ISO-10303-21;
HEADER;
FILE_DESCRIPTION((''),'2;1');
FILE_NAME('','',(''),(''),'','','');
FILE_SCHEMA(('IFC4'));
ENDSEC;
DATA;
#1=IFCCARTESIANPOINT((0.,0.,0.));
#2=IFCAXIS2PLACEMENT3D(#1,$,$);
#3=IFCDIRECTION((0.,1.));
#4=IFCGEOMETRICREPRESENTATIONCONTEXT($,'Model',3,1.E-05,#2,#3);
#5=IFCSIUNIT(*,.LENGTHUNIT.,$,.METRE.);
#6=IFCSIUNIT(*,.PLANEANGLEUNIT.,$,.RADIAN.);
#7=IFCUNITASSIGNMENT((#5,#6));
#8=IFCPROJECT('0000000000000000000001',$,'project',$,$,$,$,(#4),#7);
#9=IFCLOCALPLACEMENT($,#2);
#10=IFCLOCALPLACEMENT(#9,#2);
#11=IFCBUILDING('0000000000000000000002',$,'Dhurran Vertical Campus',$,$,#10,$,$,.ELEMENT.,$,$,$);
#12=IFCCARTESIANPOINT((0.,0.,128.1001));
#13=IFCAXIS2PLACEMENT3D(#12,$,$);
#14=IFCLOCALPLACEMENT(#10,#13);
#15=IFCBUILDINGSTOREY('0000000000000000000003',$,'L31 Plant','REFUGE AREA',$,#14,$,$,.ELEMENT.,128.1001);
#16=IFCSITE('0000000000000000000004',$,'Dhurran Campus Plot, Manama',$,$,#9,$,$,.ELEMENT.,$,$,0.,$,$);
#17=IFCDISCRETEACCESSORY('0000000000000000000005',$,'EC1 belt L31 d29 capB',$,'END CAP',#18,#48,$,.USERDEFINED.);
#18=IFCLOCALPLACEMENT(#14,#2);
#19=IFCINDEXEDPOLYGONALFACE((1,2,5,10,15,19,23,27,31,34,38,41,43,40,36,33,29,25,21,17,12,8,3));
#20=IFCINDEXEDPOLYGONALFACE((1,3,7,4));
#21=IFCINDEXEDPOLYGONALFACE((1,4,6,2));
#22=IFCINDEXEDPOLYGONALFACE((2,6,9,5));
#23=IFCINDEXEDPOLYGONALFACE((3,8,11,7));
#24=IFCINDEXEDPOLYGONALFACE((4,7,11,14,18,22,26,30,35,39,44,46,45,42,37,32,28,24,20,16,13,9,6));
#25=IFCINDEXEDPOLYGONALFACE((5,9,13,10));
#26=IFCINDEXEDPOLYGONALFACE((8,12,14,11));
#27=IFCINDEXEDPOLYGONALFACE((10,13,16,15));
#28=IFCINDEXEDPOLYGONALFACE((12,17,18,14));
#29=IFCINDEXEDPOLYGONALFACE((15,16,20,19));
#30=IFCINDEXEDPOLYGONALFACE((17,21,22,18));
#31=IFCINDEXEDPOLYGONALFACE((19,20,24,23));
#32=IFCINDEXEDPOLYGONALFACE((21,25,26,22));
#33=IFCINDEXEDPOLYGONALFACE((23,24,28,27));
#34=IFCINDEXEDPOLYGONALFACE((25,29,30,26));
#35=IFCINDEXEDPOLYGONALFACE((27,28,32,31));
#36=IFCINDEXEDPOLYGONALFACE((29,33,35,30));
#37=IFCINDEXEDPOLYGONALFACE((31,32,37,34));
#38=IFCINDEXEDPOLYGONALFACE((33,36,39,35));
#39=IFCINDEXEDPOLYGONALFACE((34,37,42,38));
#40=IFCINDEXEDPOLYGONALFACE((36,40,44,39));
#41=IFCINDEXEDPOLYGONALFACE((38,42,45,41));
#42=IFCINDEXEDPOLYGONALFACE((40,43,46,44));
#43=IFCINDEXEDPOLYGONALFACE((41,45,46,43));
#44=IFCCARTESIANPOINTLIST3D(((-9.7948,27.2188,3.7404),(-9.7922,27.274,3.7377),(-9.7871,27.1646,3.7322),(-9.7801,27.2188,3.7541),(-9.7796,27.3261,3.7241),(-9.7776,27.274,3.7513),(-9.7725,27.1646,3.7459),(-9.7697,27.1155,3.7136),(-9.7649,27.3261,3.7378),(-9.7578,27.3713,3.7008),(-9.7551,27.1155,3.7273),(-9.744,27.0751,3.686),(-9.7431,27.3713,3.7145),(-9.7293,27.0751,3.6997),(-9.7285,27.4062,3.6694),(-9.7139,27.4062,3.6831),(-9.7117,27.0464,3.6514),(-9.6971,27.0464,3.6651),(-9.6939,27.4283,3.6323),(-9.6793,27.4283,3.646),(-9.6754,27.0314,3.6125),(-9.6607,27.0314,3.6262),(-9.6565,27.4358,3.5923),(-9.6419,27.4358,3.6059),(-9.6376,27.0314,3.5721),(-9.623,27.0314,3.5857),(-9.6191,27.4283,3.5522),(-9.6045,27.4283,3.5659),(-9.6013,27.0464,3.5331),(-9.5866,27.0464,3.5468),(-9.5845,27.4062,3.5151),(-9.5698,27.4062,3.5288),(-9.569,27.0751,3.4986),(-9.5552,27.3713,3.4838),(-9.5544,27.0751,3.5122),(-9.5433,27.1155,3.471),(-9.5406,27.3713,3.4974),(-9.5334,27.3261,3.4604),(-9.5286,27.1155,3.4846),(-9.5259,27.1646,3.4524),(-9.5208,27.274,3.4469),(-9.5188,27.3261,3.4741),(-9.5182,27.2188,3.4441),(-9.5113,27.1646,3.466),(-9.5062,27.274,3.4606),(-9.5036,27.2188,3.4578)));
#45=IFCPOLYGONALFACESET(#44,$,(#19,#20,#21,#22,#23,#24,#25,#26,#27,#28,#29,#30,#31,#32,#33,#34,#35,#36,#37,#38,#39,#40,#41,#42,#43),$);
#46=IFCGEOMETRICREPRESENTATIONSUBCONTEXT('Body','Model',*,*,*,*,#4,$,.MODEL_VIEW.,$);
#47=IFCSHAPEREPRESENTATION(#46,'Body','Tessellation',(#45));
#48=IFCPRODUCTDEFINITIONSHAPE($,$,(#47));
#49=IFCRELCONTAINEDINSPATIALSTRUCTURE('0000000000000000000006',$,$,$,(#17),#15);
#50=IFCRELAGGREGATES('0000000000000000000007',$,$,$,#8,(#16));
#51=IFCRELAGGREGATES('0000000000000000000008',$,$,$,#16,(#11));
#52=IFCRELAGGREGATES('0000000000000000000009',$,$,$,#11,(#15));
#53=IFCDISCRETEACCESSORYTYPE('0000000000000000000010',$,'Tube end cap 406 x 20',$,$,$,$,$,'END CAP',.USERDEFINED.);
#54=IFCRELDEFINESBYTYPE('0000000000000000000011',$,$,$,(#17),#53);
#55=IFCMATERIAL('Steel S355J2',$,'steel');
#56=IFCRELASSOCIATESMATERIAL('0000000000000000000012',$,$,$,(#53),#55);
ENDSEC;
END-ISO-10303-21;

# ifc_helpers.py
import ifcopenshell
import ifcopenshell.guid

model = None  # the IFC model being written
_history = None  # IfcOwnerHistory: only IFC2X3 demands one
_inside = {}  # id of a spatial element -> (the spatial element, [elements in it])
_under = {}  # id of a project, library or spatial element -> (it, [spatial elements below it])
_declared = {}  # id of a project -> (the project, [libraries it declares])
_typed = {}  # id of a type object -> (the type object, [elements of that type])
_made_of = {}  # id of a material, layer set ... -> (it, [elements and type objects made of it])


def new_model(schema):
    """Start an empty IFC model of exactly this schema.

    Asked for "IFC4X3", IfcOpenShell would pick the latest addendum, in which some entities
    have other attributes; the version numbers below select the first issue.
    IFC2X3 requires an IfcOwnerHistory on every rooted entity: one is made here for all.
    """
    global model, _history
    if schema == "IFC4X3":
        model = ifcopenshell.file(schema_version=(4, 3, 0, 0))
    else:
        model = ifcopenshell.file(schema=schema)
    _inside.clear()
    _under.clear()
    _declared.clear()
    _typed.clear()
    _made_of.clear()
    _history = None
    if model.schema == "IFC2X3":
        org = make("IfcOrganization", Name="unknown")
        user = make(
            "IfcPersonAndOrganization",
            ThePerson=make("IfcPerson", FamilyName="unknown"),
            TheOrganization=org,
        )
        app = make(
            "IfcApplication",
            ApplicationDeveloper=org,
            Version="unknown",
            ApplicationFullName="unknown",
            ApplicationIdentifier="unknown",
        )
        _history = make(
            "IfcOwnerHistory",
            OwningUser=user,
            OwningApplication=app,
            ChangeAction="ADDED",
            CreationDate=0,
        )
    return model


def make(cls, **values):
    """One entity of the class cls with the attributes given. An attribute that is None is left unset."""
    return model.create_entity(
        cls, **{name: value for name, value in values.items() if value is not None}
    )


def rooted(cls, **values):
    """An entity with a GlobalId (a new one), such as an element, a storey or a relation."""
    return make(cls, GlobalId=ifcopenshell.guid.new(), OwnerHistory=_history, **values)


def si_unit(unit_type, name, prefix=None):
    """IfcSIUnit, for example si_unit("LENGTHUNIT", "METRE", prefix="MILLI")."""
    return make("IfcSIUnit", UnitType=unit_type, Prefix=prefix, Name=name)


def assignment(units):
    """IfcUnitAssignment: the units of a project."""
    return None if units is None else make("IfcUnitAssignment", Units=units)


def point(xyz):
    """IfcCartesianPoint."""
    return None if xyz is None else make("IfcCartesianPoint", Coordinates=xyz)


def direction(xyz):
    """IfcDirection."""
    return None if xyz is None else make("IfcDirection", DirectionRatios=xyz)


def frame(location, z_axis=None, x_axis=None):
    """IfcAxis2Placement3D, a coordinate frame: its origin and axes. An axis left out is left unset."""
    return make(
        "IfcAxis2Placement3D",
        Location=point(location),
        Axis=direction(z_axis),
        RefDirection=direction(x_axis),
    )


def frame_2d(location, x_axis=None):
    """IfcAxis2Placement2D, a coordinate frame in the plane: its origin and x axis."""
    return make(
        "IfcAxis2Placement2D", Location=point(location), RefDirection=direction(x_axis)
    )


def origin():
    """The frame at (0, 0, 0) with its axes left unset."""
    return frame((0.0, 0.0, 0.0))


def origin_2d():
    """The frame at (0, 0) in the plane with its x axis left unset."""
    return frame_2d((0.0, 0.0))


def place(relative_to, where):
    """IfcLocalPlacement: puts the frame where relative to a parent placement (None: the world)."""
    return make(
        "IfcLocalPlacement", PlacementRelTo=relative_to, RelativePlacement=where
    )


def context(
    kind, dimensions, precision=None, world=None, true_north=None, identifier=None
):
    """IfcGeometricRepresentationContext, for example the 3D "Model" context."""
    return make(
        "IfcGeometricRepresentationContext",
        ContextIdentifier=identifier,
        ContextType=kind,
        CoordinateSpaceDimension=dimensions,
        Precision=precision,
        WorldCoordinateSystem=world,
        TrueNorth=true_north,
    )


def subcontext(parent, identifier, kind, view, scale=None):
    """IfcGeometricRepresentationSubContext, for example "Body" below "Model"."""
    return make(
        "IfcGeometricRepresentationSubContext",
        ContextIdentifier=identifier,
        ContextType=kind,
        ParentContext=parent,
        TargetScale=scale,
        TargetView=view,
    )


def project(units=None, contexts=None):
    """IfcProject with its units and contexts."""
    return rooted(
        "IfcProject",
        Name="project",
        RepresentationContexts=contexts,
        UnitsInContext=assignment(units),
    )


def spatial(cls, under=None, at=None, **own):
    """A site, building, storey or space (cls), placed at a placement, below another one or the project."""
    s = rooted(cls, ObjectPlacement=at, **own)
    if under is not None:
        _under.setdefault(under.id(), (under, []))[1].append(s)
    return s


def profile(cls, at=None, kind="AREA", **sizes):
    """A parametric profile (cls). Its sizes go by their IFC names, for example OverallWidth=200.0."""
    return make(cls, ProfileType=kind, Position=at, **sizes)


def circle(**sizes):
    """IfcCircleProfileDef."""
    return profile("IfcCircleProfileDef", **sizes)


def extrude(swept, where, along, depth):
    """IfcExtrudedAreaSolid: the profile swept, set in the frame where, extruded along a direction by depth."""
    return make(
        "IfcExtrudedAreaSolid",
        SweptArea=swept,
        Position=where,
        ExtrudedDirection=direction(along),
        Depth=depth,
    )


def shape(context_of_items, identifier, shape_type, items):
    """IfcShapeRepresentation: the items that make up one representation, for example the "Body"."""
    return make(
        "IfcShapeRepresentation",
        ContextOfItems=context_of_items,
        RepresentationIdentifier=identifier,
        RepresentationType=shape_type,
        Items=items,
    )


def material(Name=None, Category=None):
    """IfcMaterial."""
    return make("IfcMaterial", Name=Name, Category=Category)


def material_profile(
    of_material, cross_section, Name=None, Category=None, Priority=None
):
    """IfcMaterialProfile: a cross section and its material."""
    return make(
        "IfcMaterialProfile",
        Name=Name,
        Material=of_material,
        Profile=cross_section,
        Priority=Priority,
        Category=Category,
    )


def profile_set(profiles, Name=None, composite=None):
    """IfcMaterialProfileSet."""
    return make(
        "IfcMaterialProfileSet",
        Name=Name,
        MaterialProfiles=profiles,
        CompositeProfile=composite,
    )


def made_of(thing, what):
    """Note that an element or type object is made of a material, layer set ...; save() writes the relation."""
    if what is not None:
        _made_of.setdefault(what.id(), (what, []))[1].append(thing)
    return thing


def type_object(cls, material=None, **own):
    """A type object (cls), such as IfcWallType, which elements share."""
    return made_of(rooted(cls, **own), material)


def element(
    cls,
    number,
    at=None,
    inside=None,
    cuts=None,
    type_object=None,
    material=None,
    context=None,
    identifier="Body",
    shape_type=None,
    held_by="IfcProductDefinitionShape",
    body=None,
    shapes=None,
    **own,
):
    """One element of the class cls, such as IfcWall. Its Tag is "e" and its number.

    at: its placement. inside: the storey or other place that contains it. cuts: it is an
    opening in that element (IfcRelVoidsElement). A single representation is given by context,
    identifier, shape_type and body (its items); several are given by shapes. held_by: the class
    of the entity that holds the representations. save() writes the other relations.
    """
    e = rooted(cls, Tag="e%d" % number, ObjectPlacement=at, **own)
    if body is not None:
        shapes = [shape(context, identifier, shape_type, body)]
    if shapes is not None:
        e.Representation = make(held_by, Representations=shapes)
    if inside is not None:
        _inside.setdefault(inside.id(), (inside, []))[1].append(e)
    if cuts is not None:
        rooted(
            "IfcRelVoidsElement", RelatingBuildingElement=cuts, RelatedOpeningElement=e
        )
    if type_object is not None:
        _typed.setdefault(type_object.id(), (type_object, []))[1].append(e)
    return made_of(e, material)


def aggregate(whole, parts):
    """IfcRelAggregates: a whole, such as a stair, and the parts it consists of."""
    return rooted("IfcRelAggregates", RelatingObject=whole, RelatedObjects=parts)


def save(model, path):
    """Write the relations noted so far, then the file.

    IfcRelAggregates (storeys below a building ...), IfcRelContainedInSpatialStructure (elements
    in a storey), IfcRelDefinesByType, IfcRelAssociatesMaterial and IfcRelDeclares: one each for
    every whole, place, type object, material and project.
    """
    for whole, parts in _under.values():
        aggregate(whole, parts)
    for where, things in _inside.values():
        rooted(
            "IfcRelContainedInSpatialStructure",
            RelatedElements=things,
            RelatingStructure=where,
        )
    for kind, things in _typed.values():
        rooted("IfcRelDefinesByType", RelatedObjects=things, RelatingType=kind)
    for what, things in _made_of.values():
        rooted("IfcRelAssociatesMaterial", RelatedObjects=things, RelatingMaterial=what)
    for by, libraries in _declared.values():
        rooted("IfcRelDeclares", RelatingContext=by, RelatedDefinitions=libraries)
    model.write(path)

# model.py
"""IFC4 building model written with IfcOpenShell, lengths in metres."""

from ifc_helpers import new_model, si_unit, direction, frame, origin, origin_2d, place, context, subcontext, project, spatial, circle, extrude, material, material_profile, profile_set, type_object, element, save


model = new_model("IFC4")

# Units and contexts
model_context = context("Model", 3, precision=1e-05, world=origin(), true_north=direction((0.0, 1.0)))
body_context = subcontext(model_context, "Body", "Model", "MODEL_VIEW")
ifc_project = project(units=[si_unit("LENGTHUNIT", "METRE"), si_unit("PLANEANGLEUNIT", "RADIAN")], contexts=[model_context])

# Site, building, storey
site_placement = place(None, origin())
site = spatial("IfcSite", under=ifc_project, at=site_placement, Name="Dhurran Campus Plot, Manama", CompositionType="ELEMENT", RefElevation=0.0)
building_placement = place(site_placement, origin())
building = spatial("IfcBuilding", under=site, at=building_placement, Name="Dhurran Vertical Campus", CompositionType="ELEMENT")
storey_placement = place(building_placement, frame((0.0, 0.0, 128.1001)))
storey = spatial("IfcBuildingStorey", under=building, at=storey_placement, Name="L31 Plant", Description="REFUGE AREA", CompositionType="ELEMENT", Elevation=128.1001)

# Discrete accessory
ifc_material_1 = material(Name="Steel S355J2", Category="steel")
ifc_material_profile_1 = material_profile(ifc_material_1, circle(Radius=0.2031, at=origin_2d()), Name="Tube end cap 406 x 20")
ifc_profile_set_1 = profile_set([ifc_material_profile_1], Name="Steel S355J2")
discrete_accessory_type = type_object("IfcDiscreteAccessoryType", Name="Tube end cap 406 x 20", ElementType="END CAP", PredefinedType="USERDEFINED", material=ifc_profile_set_1)
for number, where, z_axis, x_axis, name in (
    (1, (-9.6565, 27.2327, 3.5923), (0.731055, 0.0, 0.682318), (0.0, 1.0, 0.0), "EC1 belt L31 d29 capB"),
):
    element("IfcDiscreteAccessory", number, at=place(storey_placement, frame(where, z_axis=z_axis, x_axis=x_axis)), inside=storey, type_object=discrete_accessory_type, Name=name, ObjectType="END CAP", PredefinedType="USERDEFINED", context=body_context, shape_type="SweptSolid", body=[
        extrude(circle(Radius=0.2031, at=origin_2d()), origin(), (0.0, 0.0, 1.0), 0.02),
    ])

save(model, "model.ifc")
